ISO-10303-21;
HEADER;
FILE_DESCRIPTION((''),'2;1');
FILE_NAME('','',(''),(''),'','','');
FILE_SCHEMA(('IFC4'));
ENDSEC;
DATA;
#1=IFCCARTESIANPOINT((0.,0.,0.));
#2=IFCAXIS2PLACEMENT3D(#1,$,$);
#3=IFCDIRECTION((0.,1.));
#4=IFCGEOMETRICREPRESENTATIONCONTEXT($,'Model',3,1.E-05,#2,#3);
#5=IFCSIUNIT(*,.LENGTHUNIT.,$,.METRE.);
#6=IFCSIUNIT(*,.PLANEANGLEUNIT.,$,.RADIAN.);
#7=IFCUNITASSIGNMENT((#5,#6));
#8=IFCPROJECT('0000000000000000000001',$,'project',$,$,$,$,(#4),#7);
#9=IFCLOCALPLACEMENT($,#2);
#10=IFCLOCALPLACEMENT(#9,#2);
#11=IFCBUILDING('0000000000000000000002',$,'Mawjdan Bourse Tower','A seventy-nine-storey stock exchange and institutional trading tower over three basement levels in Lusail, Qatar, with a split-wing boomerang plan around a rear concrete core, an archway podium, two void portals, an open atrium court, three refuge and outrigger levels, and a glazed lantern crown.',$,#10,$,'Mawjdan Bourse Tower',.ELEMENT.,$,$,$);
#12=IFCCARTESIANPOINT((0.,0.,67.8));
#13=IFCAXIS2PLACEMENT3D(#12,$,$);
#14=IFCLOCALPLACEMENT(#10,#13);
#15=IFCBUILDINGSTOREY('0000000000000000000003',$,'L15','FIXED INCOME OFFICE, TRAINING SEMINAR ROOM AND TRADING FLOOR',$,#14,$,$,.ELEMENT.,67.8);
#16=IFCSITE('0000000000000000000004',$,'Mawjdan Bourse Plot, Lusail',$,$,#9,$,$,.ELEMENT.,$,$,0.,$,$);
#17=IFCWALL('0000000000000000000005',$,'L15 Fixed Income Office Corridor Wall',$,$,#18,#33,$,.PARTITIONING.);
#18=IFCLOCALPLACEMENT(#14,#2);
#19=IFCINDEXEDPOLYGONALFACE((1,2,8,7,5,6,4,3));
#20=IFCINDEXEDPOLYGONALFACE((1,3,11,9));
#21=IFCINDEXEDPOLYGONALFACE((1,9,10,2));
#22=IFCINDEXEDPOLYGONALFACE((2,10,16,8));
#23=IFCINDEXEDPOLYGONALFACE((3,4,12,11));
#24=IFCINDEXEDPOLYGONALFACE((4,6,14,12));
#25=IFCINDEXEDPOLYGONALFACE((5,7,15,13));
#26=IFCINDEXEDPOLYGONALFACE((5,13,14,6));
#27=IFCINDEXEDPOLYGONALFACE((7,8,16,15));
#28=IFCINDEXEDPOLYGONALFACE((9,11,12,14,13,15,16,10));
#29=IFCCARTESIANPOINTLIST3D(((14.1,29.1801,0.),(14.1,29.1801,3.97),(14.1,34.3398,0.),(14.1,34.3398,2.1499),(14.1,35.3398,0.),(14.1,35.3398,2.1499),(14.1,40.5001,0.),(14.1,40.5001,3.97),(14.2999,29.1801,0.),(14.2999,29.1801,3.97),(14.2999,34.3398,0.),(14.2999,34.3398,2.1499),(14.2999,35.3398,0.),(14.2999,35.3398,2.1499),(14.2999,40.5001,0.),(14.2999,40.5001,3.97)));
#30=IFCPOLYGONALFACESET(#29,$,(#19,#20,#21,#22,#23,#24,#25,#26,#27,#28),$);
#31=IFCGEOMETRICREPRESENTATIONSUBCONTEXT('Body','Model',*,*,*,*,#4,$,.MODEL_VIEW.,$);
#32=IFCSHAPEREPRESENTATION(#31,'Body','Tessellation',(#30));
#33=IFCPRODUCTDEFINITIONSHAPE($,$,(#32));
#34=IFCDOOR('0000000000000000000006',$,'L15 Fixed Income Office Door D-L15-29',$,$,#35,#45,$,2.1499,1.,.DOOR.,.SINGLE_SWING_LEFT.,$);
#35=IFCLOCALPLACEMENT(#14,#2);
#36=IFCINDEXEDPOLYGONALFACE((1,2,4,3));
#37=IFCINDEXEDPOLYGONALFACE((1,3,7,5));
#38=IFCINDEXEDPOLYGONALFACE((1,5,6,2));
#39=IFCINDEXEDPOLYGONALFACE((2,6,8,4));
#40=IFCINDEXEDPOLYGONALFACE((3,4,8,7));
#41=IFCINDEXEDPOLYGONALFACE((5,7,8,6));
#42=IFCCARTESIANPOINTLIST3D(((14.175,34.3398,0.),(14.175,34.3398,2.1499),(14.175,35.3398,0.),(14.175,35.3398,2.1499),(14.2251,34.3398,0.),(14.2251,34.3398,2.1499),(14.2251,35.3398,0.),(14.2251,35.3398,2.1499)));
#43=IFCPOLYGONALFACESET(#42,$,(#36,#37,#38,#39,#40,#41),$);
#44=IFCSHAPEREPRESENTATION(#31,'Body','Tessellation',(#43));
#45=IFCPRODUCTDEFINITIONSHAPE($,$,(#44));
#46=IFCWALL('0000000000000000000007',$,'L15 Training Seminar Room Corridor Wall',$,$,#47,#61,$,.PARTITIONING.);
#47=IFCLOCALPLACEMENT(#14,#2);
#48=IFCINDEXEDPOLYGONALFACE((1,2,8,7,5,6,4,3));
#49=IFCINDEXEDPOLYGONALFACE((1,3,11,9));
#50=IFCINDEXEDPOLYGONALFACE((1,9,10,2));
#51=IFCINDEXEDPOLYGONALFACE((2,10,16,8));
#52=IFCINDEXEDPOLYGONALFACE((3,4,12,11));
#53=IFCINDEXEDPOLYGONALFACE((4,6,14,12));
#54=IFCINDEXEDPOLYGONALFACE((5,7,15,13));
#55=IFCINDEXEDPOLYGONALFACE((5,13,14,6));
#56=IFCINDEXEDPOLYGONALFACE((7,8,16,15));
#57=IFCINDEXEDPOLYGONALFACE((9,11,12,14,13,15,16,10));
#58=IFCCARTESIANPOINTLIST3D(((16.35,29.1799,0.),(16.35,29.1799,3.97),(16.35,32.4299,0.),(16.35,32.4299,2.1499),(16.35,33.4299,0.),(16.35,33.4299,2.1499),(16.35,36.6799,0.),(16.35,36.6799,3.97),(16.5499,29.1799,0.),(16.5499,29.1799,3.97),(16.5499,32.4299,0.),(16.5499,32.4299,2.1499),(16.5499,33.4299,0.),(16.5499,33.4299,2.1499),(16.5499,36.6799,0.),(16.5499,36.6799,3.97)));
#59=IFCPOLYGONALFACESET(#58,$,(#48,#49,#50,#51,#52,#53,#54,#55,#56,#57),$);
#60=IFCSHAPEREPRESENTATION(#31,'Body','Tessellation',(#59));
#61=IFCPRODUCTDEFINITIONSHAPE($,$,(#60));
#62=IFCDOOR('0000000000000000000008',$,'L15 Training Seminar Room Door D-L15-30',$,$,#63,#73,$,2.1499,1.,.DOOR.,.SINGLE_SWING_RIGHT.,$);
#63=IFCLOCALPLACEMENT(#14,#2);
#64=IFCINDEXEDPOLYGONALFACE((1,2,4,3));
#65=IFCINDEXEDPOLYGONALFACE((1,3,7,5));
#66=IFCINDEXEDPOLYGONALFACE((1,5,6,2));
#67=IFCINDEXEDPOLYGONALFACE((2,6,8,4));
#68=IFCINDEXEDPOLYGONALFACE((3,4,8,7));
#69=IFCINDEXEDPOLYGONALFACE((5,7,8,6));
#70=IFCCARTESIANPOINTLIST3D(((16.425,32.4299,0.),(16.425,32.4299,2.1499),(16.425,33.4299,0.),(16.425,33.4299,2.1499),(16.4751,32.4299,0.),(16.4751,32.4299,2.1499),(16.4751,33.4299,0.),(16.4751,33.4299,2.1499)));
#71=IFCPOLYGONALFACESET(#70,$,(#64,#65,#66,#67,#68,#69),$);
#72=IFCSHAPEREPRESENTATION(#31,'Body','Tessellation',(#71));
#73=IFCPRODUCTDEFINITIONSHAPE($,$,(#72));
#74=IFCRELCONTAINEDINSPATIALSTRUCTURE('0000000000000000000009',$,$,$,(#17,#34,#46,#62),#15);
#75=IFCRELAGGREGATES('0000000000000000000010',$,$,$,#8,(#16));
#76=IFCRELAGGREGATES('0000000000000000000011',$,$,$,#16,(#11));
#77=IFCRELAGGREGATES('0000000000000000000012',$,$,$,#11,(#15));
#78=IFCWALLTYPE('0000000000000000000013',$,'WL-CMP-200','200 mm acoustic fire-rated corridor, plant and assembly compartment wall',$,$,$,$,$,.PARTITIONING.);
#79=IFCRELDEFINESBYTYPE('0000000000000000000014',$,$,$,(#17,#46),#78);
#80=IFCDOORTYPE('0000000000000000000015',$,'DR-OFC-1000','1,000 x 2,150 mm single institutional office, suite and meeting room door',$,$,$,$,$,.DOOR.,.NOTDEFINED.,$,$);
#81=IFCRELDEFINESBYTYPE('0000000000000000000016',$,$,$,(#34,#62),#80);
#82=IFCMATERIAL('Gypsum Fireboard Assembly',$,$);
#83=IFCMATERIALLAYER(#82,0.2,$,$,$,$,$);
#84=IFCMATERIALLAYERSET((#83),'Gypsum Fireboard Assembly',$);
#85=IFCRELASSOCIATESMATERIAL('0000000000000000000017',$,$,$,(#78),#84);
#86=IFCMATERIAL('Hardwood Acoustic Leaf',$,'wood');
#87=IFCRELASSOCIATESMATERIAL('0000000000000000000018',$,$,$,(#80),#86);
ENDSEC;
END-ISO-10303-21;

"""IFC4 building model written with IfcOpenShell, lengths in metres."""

from ifc_helpers import new_model, si_unit, direction, frame, frame_2d, origin, place, context, subcontext, project, spatial, rectangle, extrude, material, layer, layer_set, type_object, element, fill, save


model = new_model("IFC4")

# Units and contexts
model_context = context("Model", 3, precision=1e-05, world=origin(), true_north=direction((0.0, 1.0)))
body_context = subcontext(model_context, "Body", "Model", "MODEL_VIEW")
ifc_project = project(units=[si_unit("LENGTHUNIT", "METRE"), si_unit("PLANEANGLEUNIT", "RADIAN")], contexts=[model_context])

# Site, building, storey
site_placement = place(None, origin())
site = spatial("IfcSite", under=ifc_project, at=site_placement, Name="Mawjdan Bourse Plot, Lusail", CompositionType="ELEMENT", RefElevation=0.0)
building_placement = place(site_placement, origin())
building = spatial("IfcBuilding", under=site, at=building_placement, Name="Mawjdan Bourse Tower", Description="A seventy-nine-storey stock exchange and institutional trading tower over three basement levels in Lusail, Qatar, with a split-wing boomerang plan around a rear concrete core, an archway podium, two void portals, an open atrium court, three refuge and outrigger levels, and a glazed lantern crown.", LongName="Mawjdan Bourse Tower", CompositionType="ELEMENT")
storey_placement = place(building_placement, frame((0.0, 0.0, 67.8)))
storey = spatial("IfcBuildingStorey", under=building, at=storey_placement, Name="L15", Description="FIXED INCOME OFFICE, TRAINING SEMINAR ROOM AND TRADING FLOOR", CompositionType="ELEMENT", Elevation=67.8)

# Shared definitions
ifc_material_1 = material(Name="Gypsum Fireboard Assembly")
ifc_layer = layer(ifc_material_1, 0.2)
ifc_layer_set = layer_set([ifc_layer], Name="Gypsum Fireboard Assembly")
wall_type = type_object("IfcWallType", Name="WL-CMP-200", Description="200 mm acoustic fire-rated corridor, plant and assembly compartment wall", PredefinedType="PARTITIONING", material=ifc_layer_set)
ifc_material_2 = material(Name="Hardwood Acoustic Leaf", Category="wood")
door_type = type_object("IfcDoorType", Name="DR-OFC-1000", Description="1,000 x 2,150 mm single institutional office, suite and meeting room door", OperationType="NOTDEFINED", PredefinedType="DOOR", material=ifc_material_2)

# Walls, openings, doors
wall_1_placement = place(storey_placement, frame((14.2, 29.1799, 0.0), z_axis=(0.0, 0.0, 1.0), x_axis=(0.0, 1.0, 0.0)))
wall_1 = element("IfcWall", 1, at=wall_1_placement, inside=storey, type_object=wall_type, Name="L15 Fixed Income Office Corridor Wall", PredefinedType="PARTITIONING", context=body_context, shape_type="SweptSolid", body=[
    extrude(rectangle(XDim=11.3201, YDim=0.2, at=frame_2d((5.6602, 0.0))), origin(), (0.0, 0.0, 1.0), 3.97),
])
opening_1_placement = place(wall_1_placement, frame((5.1599, 0.0, 0.0)))
opening_1 = element("IfcOpeningElement", 2, at=opening_1_placement, cuts=wall_1, PredefinedType="OPENING", context=body_context, shape_type="SweptSolid", body=[
    extrude(rectangle(XDim=1.0, YDim=2.1499, at=frame_2d((0.5, 1.075))), frame((0.0, 0.1099, 0.0), z_axis=(0.0, -1.0, 0.0), x_axis=(1.0, 0.0, 0.0)), (0.0, 0.0, 1.0), 0.22),
])
door_1_placement = place(opening_1_placement, origin())
door_1 = element("IfcDoor", 3, at=door_1_placement, inside=storey, type_object=door_type, Name="L15 Fixed Income Office Door D-L15-29", OperationType="SINGLE_SWING_LEFT", OverallHeight=2.1499, OverallWidth=1.0, PredefinedType="DOOR", context=body_context, shape_type="SweptSolid", body=[
    extrude(rectangle(XDim=1.0, YDim=2.1499, at=frame_2d((0.5, 1.075))), frame((0.0, 0.0249, 0.0), z_axis=(0.0, -1.0, 0.0), x_axis=(1.0, 0.0, 0.0)), (0.0, 0.0, 1.0), 0.05),
])
fill(opening_1, door_1)
wall_2_placement = place(storey_placement, frame((16.45, 29.1799, 0.0), z_axis=(0.0, 0.0, 1.0), x_axis=(0.0, 1.0, 0.0)))
wall_2 = element("IfcWall", 4, at=wall_2_placement, inside=storey, type_object=wall_type, Name="L15 Training Seminar Room Corridor Wall", PredefinedType="PARTITIONING", context=body_context, shape_type="SweptSolid", body=[
    extrude(rectangle(XDim=7.5, YDim=0.2, at=frame_2d((3.75, 0.0))), origin(), (0.0, 0.0, 1.0), 3.97),
])
opening_2_placement = place(wall_2_placement, frame((3.25, 0.0, 0.0)))
opening_2 = element("IfcOpeningElement", 5, at=opening_2_placement, cuts=wall_2, PredefinedType="OPENING", context=body_context, shape_type="SweptSolid", body=[
    extrude(rectangle(XDim=1.0, YDim=2.1499, at=frame_2d((0.5, 1.075))), frame((0.0, 0.1099, 0.0), z_axis=(0.0, -1.0, 0.0), x_axis=(1.0, 0.0, 0.0)), (0.0, 0.0, 1.0), 0.22),
])
door_2_placement = place(opening_2_placement, origin())
door_2 = element("IfcDoor", 6, at=door_2_placement, inside=storey, type_object=door_type, Name="L15 Training Seminar Room Door D-L15-30", OperationType="SINGLE_SWING_RIGHT", OverallHeight=2.1499, OverallWidth=1.0, PredefinedType="DOOR", context=body_context, shape_type="SweptSolid", body=[
    extrude(rectangle(XDim=1.0, YDim=2.1499, at=frame_2d((0.5, 1.075))), frame((0.0, 0.0249, 0.0), z_axis=(0.0, -1.0, 0.0), x_axis=(1.0, 0.0, 0.0)), (0.0, 0.0, 1.0), 0.05),
])
fill(opening_2, door_2)

save(model, "model.ifc")
